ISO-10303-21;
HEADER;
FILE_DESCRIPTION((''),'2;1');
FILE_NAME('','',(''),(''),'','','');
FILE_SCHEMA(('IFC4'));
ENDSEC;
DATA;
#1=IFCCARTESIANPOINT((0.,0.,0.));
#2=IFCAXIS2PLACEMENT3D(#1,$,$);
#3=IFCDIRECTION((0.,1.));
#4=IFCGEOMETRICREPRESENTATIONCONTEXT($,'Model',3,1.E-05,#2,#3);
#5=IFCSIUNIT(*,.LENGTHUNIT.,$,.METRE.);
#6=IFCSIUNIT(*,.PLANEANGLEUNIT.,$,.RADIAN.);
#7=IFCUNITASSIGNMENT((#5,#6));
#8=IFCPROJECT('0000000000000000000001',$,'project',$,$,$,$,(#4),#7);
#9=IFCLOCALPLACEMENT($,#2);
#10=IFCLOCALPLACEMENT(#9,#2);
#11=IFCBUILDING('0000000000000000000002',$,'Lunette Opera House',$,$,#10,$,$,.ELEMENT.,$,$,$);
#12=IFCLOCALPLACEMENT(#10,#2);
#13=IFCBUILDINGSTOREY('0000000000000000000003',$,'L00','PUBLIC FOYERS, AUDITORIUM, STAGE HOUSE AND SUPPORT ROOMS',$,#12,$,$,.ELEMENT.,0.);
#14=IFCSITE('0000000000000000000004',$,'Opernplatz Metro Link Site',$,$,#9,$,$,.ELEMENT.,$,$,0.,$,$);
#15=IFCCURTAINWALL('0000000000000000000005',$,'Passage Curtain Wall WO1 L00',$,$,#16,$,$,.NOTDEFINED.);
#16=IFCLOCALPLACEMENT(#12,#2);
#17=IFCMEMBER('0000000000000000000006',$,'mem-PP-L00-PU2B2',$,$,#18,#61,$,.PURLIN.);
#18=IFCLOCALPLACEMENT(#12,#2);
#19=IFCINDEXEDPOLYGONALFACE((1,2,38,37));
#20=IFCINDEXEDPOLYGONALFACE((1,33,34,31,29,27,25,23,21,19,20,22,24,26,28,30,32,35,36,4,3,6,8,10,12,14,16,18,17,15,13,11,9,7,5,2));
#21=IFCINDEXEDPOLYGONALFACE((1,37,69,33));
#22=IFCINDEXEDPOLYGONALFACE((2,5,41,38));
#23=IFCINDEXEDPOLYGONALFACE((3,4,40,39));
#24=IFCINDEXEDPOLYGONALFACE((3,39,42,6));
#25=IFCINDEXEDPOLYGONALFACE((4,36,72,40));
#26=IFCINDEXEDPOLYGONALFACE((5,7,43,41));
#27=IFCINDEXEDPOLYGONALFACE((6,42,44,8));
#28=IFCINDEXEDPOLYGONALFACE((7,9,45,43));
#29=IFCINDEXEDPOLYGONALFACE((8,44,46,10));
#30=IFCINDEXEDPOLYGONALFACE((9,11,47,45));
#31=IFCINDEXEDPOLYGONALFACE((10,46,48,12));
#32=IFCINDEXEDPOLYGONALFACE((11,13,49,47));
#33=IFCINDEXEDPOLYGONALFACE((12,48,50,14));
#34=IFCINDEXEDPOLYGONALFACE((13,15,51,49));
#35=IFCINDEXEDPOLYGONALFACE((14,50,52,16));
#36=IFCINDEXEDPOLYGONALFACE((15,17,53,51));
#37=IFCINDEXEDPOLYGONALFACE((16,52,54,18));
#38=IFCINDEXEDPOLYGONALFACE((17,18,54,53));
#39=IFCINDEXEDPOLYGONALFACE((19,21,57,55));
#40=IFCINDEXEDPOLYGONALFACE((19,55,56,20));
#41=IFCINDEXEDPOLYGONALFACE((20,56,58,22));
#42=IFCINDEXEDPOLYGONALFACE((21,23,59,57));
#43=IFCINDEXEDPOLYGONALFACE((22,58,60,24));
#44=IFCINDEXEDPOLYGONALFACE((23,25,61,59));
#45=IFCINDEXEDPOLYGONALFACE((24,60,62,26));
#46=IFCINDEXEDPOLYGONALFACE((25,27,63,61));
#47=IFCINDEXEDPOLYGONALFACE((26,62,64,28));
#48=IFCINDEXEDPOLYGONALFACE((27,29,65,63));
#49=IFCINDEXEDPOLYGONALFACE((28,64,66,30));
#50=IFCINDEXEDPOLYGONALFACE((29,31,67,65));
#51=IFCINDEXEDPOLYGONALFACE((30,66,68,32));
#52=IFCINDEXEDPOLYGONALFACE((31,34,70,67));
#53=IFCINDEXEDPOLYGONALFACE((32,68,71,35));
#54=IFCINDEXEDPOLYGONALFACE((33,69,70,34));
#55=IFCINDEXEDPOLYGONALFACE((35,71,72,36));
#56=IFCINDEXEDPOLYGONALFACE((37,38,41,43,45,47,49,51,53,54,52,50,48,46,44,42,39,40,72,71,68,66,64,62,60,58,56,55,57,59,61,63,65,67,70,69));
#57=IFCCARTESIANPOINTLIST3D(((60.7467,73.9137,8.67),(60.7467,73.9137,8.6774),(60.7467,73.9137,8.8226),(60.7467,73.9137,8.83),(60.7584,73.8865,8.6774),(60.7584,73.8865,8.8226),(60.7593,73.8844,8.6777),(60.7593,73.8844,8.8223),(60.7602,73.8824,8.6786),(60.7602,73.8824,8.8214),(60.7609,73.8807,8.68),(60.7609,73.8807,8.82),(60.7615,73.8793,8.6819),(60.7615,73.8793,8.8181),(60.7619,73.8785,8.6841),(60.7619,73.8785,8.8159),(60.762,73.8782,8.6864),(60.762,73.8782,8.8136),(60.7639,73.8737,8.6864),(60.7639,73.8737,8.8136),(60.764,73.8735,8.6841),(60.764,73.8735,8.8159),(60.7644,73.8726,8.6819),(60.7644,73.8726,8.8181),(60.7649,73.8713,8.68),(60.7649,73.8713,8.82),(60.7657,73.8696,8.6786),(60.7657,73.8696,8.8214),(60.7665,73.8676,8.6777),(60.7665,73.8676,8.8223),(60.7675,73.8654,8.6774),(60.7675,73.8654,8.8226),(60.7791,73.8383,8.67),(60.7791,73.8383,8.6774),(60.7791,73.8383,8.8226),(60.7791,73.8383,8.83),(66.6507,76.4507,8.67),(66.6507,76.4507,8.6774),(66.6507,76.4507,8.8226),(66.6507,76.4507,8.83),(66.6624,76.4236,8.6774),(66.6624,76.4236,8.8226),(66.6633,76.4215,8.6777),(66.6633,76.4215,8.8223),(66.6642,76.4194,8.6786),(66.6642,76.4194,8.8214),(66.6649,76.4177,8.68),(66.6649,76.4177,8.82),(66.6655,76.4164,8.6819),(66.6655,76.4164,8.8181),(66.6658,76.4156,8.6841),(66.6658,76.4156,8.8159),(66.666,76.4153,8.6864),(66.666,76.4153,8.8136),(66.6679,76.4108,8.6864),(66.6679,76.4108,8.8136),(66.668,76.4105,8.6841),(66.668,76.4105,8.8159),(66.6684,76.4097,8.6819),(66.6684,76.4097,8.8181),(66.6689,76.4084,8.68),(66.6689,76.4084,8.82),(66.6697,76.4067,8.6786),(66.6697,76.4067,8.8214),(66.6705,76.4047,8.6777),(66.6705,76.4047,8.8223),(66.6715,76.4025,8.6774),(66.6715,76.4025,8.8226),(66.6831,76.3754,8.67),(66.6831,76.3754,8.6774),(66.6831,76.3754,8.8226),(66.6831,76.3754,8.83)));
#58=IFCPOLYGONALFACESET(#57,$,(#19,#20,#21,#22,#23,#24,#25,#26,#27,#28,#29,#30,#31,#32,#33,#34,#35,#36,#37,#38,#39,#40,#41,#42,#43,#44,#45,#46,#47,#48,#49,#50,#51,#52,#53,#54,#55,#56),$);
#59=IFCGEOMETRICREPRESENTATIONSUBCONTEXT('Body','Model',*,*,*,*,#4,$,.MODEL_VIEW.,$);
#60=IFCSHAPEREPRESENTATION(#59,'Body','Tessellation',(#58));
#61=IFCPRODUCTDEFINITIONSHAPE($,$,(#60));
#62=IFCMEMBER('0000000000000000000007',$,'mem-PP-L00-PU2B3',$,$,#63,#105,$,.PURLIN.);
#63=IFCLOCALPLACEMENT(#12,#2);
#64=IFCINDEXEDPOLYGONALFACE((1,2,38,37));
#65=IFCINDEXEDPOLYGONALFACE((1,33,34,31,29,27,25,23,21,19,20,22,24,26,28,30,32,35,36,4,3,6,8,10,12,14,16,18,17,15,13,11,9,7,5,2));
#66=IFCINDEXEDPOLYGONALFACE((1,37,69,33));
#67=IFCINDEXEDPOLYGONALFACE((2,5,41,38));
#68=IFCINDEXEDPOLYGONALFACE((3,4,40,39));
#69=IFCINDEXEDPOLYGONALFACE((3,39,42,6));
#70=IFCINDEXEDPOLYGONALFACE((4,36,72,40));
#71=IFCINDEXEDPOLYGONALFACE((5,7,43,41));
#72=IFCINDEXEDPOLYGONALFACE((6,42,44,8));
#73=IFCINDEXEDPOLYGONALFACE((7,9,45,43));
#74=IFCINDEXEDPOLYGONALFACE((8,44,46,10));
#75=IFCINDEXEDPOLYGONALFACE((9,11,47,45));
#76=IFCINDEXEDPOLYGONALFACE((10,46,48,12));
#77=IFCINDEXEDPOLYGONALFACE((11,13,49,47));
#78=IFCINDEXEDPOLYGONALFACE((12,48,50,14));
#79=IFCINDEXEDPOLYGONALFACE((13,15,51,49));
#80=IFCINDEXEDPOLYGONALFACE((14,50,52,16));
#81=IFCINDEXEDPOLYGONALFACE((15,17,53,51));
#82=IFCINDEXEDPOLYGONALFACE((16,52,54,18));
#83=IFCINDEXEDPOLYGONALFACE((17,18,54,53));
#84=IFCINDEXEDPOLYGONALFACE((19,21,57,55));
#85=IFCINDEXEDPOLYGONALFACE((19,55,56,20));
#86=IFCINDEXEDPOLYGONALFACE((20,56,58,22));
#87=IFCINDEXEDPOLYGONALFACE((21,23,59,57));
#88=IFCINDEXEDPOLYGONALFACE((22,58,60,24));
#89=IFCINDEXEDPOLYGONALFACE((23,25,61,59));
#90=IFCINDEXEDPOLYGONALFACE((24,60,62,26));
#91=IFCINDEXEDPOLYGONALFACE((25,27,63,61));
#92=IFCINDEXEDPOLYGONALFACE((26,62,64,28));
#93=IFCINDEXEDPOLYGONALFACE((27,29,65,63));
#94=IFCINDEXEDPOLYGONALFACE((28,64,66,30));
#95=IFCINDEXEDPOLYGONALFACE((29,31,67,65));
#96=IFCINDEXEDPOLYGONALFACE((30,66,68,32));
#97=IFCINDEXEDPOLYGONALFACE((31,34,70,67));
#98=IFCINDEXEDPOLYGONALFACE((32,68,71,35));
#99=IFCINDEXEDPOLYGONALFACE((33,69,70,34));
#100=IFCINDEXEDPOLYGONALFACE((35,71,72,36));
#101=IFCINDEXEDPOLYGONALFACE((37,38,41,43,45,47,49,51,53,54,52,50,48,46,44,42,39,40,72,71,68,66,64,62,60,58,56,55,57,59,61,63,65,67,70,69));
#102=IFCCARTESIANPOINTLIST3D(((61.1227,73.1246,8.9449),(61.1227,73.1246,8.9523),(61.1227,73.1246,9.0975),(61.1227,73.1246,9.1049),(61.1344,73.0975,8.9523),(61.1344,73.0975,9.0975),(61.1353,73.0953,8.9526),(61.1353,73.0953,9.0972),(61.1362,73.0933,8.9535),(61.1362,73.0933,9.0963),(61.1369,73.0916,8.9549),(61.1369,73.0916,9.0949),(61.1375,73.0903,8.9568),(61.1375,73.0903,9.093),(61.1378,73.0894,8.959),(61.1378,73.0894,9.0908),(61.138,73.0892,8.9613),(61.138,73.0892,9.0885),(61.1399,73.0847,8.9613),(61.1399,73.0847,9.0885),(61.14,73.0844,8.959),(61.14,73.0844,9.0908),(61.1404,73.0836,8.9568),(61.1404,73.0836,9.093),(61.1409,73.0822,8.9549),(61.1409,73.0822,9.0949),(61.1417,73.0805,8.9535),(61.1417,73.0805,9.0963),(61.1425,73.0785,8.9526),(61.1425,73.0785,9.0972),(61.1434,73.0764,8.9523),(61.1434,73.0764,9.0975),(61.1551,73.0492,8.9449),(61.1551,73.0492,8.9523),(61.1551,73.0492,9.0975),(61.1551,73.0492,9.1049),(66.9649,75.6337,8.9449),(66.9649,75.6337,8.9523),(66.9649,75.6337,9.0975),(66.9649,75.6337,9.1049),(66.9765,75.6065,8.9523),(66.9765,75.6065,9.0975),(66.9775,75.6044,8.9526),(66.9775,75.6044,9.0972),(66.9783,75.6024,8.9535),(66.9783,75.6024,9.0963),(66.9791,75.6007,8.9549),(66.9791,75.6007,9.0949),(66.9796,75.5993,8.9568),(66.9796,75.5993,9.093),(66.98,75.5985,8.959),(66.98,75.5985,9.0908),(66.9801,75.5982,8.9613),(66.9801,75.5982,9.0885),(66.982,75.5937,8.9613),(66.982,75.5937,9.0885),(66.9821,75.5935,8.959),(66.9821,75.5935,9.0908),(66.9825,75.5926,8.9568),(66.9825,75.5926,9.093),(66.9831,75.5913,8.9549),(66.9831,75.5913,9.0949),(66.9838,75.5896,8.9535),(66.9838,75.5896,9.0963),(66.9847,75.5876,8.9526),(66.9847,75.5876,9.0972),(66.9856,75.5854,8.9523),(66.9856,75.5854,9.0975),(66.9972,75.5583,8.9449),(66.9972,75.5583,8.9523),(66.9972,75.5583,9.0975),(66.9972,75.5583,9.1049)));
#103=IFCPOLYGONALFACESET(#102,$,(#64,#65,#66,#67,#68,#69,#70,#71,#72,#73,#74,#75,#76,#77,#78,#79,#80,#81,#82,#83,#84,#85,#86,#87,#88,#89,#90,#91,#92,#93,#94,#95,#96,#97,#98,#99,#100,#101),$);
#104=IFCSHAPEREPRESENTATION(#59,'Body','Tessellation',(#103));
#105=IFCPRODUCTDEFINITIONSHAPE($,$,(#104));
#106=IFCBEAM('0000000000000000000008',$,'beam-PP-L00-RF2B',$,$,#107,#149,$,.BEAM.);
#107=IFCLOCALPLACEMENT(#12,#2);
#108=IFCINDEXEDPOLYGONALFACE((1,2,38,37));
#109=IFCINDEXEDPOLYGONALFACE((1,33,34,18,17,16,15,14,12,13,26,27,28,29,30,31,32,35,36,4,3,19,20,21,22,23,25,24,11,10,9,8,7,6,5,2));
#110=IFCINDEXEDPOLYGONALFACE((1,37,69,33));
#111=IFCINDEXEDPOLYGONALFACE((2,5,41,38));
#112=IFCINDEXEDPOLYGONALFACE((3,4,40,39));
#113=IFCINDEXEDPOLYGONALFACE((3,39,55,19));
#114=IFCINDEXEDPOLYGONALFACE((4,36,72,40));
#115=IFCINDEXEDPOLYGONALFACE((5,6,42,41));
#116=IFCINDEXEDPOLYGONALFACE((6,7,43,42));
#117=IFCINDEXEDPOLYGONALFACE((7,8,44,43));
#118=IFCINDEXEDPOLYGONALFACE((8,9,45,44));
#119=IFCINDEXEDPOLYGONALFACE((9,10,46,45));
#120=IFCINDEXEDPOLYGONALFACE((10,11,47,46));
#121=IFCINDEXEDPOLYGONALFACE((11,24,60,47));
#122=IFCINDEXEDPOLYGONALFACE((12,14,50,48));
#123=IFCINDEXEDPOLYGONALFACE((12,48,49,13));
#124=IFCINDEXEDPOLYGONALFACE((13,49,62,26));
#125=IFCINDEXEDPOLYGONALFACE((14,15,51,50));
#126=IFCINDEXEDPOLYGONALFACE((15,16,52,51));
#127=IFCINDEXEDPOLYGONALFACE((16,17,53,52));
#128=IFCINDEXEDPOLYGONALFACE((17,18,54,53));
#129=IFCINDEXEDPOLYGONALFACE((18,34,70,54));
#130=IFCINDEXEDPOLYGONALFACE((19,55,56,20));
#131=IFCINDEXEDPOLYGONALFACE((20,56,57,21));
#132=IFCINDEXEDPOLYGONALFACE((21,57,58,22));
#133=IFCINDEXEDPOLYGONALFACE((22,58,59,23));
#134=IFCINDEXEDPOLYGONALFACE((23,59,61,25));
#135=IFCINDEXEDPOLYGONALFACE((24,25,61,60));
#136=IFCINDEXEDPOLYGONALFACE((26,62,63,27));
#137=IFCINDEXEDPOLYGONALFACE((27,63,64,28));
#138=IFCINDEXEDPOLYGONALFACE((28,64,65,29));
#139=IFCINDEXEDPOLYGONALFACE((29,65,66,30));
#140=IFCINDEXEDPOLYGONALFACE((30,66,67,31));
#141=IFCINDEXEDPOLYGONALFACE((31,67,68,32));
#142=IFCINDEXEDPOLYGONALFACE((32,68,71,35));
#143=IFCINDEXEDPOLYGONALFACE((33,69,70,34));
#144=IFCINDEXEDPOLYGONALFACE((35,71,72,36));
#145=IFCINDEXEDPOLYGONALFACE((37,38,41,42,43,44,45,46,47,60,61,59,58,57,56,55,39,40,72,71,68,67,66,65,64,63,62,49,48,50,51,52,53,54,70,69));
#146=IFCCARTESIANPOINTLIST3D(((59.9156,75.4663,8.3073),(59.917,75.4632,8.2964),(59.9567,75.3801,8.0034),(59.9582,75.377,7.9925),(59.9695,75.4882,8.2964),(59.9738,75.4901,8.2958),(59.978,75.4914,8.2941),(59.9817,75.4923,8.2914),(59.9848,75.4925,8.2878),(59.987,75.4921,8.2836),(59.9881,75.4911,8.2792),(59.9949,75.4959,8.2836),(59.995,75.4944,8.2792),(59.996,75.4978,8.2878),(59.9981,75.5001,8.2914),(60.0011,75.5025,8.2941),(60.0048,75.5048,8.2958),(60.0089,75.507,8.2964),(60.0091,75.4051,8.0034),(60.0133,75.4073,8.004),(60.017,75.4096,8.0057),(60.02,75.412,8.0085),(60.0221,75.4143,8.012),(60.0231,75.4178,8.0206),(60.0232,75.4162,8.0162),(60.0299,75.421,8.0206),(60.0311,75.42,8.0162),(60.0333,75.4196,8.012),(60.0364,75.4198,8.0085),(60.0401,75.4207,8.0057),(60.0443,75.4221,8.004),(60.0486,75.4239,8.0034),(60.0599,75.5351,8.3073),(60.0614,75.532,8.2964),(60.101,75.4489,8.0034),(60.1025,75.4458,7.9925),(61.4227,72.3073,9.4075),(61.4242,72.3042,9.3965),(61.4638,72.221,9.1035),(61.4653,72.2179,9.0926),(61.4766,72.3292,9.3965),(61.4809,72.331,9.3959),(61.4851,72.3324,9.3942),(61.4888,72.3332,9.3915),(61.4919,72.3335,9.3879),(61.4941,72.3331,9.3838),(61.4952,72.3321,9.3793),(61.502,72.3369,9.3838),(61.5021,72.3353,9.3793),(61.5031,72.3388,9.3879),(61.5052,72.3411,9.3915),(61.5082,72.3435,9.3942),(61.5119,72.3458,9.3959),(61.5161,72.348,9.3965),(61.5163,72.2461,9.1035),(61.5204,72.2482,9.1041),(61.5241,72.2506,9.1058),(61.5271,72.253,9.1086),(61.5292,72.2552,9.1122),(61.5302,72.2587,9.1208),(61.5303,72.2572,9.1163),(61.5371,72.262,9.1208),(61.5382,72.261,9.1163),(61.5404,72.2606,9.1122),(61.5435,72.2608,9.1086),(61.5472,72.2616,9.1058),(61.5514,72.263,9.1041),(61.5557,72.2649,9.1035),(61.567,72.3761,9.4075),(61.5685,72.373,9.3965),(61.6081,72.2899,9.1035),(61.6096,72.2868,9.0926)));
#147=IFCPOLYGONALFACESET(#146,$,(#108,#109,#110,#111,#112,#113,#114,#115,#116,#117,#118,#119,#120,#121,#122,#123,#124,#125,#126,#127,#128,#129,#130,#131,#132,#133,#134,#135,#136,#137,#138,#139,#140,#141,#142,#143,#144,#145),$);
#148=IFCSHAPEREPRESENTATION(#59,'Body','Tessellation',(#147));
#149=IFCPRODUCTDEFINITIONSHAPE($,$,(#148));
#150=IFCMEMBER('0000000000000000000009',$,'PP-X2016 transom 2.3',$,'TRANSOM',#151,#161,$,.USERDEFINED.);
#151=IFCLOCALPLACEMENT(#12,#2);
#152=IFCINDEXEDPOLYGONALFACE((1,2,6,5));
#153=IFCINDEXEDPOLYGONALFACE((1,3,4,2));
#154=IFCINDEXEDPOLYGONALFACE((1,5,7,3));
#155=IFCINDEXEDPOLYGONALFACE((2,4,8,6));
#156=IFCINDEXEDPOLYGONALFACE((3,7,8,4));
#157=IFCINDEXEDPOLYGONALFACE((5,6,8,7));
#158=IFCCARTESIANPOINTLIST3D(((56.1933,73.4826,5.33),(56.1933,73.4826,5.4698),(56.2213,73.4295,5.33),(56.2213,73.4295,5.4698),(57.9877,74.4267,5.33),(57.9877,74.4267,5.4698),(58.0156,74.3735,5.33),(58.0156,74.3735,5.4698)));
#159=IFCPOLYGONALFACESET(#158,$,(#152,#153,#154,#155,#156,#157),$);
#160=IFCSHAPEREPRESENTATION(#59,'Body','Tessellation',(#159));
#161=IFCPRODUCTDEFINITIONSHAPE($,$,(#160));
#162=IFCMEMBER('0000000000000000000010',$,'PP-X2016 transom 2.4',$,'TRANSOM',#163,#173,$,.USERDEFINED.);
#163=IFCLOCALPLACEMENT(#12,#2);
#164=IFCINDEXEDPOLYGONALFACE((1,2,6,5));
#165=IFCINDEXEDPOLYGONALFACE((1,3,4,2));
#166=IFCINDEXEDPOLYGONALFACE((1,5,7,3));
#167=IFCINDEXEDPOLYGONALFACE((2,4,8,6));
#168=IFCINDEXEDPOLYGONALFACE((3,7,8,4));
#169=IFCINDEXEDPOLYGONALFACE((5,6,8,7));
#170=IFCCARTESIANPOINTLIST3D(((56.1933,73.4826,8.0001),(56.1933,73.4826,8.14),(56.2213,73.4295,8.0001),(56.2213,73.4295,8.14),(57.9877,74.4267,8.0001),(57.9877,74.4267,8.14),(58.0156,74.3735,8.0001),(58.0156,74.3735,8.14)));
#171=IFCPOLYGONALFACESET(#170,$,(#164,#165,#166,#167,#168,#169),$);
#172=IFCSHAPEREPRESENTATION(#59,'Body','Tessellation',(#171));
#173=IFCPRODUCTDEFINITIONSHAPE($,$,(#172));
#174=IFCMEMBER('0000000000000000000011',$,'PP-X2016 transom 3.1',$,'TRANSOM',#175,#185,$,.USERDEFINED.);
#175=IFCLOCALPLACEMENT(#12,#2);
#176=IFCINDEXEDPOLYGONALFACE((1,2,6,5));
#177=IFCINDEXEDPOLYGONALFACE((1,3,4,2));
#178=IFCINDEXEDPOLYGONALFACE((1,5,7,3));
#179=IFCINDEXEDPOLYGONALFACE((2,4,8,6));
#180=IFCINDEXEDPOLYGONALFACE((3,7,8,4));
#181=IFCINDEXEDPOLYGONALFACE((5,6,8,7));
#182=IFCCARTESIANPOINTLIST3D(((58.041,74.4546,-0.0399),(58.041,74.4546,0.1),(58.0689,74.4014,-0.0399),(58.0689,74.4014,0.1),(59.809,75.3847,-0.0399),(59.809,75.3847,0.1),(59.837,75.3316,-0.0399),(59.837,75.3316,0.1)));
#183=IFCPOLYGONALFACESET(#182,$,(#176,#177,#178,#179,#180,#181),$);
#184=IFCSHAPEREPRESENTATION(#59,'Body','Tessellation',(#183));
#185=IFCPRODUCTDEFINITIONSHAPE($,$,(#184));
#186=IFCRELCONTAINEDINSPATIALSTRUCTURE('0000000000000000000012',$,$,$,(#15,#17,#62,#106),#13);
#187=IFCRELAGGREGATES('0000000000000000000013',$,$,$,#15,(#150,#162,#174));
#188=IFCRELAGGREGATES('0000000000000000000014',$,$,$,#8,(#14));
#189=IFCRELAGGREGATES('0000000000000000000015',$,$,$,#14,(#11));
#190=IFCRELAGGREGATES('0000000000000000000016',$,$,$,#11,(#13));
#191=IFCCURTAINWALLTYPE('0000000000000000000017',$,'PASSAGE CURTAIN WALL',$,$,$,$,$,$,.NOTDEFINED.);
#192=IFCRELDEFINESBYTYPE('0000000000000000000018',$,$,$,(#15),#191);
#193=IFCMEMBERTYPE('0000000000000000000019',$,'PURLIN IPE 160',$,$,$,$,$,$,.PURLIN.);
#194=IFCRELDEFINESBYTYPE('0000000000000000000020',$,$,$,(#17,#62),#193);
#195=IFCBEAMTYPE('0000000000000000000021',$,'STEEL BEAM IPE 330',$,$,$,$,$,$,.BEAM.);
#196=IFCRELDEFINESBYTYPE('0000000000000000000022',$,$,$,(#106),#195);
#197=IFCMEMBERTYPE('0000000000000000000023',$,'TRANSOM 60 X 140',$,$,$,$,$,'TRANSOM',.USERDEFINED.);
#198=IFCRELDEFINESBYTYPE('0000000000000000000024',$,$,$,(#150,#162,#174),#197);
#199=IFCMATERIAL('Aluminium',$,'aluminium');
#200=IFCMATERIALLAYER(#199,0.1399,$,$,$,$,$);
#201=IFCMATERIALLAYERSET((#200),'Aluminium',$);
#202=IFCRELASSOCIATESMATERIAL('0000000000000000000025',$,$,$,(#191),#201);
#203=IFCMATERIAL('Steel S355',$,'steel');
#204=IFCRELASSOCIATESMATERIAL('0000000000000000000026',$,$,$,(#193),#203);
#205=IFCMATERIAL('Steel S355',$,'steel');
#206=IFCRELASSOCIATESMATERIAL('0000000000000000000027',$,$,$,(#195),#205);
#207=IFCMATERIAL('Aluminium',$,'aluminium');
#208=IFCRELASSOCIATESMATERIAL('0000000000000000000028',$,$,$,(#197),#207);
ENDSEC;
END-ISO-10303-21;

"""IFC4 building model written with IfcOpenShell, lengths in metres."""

from ifc_helpers import new_model, si_unit, direction, frame, origin, origin_2d, place, context, subcontext, project, spatial, rectangle, i_section, extrude, material, layer, layer_set, material_profile, profile_set, type_object, element, aggregate, save


model = new_model("IFC4")

# Units and contexts
model_context = context("Model", 3, precision=1e-05, world=origin(), true_north=direction((0.0, 1.0)))
body_context = subcontext(model_context, "Body", "Model", "MODEL_VIEW")
ifc_project = project(units=[si_unit("LENGTHUNIT", "METRE"), si_unit("PLANEANGLEUNIT", "RADIAN")], contexts=[model_context])

# Site, building, storey
site_placement = place(None, origin())
site = spatial("IfcSite", under=ifc_project, at=site_placement, Name="Opernplatz Metro Link Site", CompositionType="ELEMENT", RefElevation=0.0)
building_placement = place(site_placement, origin())
building = spatial("IfcBuilding", under=site, at=building_placement, Name="Lunette Opera House", CompositionType="ELEMENT")
storey_placement = place(building_placement, origin())
storey = spatial("IfcBuildingStorey", under=building, at=storey_placement, Name="L00", Description="PUBLIC FOYERS, AUDITORIUM, STAGE HOUSE AND SUPPORT ROOMS", CompositionType="ELEMENT", Elevation=0.0)

# Curtain wall
ifc_material_1 = material(Name="Aluminium", Category="aluminium")
ifc_layer_1 = layer(ifc_material_1, 0.1399)
ifc_layer_set_1 = layer_set([ifc_layer_1], Name="Aluminium")
curtain_wall_type = type_object("IfcCurtainWallType", Name="PASSAGE CURTAIN WALL", PredefinedType="NOTDEFINED", material=ifc_layer_set_1)
curtain_wall_1_placement = place(storey_placement, origin())
curtain_wall_1 = element("IfcCurtainWall", 1, at=curtain_wall_1_placement, inside=storey, type_object=curtain_wall_type, Name="Passage Curtain Wall WO1 L00", PredefinedType="NOTDEFINED")

# Members
ifc_material_2 = material(Name="Steel S355", Category="steel")
ifc_material_profile_1 = material_profile(ifc_material_2, i_section(OverallWidth=0.082, OverallDepth=0.1599, WebThickness=0.0049, FlangeThickness=0.0073, FilletRadius=0.009, at=origin_2d()), Name="IPE 160")
ifc_profile_set_1 = profile_set([ifc_material_profile_1], Name="Steel S355")
member_type_1 = type_object("IfcMemberType", Name="PURLIN IPE 160", PredefinedType="PURLIN", material=ifc_profile_set_1)
member_1_placement = place(storey_placement, frame((60.7629, 73.876, 8.75), z_axis=(0.918761, 0.394813, 0.0), x_axis=(-0.394813, 0.918761, 0.0)))
element("IfcMember", 2, at=member_1_placement, inside=storey, type_object=member_type_1, Name="mem-PP-L00-PU2B2", PredefinedType="PURLIN", context=body_context, shape_type="SweptSolid", body=[
    extrude(i_section(OverallWidth=0.082, OverallDepth=0.1599, WebThickness=0.0049, FlangeThickness=0.0073, FilletRadius=0.009, at=origin_2d()), origin(), (0.0, 0.0, 1.0), 6.426),
])
member_2_placement = place(storey_placement, frame((61.1389, 73.0869, 9.0249), z_axis=(0.918843, 0.394624, 0.0), x_axis=(-0.394624, 0.918843, 0.0)))
element("IfcMember", 3, at=member_2_placement, inside=storey, type_object=member_type_1, Name="mem-PP-L00-PU2B3", PredefinedType="PURLIN", context=body_context, shape_type="SweptSolid", body=[
    extrude(i_section(OverallWidth=0.082, OverallDepth=0.1599, WebThickness=0.0049, FlangeThickness=0.0073, FilletRadius=0.009, at=origin_2d()), origin(), (0.0, 0.0, 1.0), 6.3582),
])

# Beam
ifc_material_3 = material(Name="Steel S355", Category="steel")
ifc_material_profile_2 = material_profile(ifc_material_3, i_section(OverallWidth=0.1599, OverallDepth=0.3301, WebThickness=0.0076, FlangeThickness=0.0115, FilletRadius=0.0181, at=origin_2d()), Name="IPE 330")
ifc_profile_set_2 = profile_set([ifc_material_profile_2], Name="Steel S355")
beam_type = type_object("IfcBeamType", Name="STEEL BEAM IPE 330", PredefinedType="BEAM", material=ifc_profile_set_2)
beam_placement = place(storey_placement, frame((60.009, 75.4561, 8.1499), z_axis=(0.410778, -0.861018, 0.299849), x_axis=(0.902547, 0.430591, 0.0)))
element("IfcBeam", 4, at=beam_placement, inside=storey, type_object=beam_type, Name="beam-PP-L00-RF2B", PredefinedType="BEAM", context=body_context, shape_type="SweptSolid", body=[
    extrude(i_section(OverallWidth=0.1599, OverallDepth=0.3301, WebThickness=0.0076, FlangeThickness=0.0115, FilletRadius=0.0181, at=origin_2d()), origin(), (0.0, 0.0, 1.0), 3.6689),
])

# Members
ifc_material_4 = material(Name="Aluminium", Category="aluminium")
ifc_material_profile_3 = material_profile(ifc_material_4, rectangle(XDim=0.0601, YDim=0.1399, at=origin_2d()), Name="TRANSOM 60 X 140")
ifc_profile_set_3 = profile_set([ifc_material_profile_3], Name="Aluminium")
member_type_2 = type_object("IfcMemberType", Name="TRANSOM 60 X 140", ElementType="TRANSOM", PredefinedType="USERDEFINED", material=ifc_profile_set_3)
member_3_placement = place(storey_placement, frame((56.2073, 73.4561, 5.3999), z_axis=(0.884989, 0.465612, 0.0), x_axis=(-0.465612, 0.884989, 0.0)))
member_3 = element("IfcMember", 5, at=member_3_placement, type_object=member_type_2, Name="PP-X2016 transom 2.3", ObjectType="TRANSOM", PredefinedType="USERDEFINED", context=body_context, shape_type="SweptSolid", body=[
    extrude(rectangle(XDim=0.0601, YDim=0.1399, at=origin_2d()), origin(), (0.0, 0.0, 1.0), 2.0276),
])
member_4_placement = place(storey_placement, frame((56.2073, 73.4561, 8.0701), z_axis=(0.884989, 0.465612, 0.0), x_axis=(-0.465612, 0.884989, 0.0)))
member_4 = element("IfcMember", 6, at=member_4_placement, type_object=member_type_2, Name="PP-X2016 transom 2.4", ObjectType="TRANSOM", PredefinedType="USERDEFINED", context=body_context, shape_type="SweptSolid", body=[
    extrude(rectangle(XDim=0.0601, YDim=0.1399, at=origin_2d()), origin(), (0.0, 0.0, 1.0), 2.0276),
])
member_5_placement = place(storey_placement, frame((58.0549, 74.428, 0.03), z_axis=(0.884998, 0.465595, 0.0), x_axis=(-0.465595, 0.884998, 0.0)))
member_5 = element("IfcMember", 7, at=member_5_placement, type_object=member_type_2, Name="PP-X2016 transom 3.1", ObjectType="TRANSOM", PredefinedType="USERDEFINED", context=body_context, shape_type="SweptSolid", body=[
    extrude(rectangle(XDim=0.0601, YDim=0.1399, at=origin_2d()), origin(), (0.0, 0.0, 1.0), 1.9978),
])

aggregate(curtain_wall_1, [member_3, member_4, member_5])

save(model, "model.ifc")
